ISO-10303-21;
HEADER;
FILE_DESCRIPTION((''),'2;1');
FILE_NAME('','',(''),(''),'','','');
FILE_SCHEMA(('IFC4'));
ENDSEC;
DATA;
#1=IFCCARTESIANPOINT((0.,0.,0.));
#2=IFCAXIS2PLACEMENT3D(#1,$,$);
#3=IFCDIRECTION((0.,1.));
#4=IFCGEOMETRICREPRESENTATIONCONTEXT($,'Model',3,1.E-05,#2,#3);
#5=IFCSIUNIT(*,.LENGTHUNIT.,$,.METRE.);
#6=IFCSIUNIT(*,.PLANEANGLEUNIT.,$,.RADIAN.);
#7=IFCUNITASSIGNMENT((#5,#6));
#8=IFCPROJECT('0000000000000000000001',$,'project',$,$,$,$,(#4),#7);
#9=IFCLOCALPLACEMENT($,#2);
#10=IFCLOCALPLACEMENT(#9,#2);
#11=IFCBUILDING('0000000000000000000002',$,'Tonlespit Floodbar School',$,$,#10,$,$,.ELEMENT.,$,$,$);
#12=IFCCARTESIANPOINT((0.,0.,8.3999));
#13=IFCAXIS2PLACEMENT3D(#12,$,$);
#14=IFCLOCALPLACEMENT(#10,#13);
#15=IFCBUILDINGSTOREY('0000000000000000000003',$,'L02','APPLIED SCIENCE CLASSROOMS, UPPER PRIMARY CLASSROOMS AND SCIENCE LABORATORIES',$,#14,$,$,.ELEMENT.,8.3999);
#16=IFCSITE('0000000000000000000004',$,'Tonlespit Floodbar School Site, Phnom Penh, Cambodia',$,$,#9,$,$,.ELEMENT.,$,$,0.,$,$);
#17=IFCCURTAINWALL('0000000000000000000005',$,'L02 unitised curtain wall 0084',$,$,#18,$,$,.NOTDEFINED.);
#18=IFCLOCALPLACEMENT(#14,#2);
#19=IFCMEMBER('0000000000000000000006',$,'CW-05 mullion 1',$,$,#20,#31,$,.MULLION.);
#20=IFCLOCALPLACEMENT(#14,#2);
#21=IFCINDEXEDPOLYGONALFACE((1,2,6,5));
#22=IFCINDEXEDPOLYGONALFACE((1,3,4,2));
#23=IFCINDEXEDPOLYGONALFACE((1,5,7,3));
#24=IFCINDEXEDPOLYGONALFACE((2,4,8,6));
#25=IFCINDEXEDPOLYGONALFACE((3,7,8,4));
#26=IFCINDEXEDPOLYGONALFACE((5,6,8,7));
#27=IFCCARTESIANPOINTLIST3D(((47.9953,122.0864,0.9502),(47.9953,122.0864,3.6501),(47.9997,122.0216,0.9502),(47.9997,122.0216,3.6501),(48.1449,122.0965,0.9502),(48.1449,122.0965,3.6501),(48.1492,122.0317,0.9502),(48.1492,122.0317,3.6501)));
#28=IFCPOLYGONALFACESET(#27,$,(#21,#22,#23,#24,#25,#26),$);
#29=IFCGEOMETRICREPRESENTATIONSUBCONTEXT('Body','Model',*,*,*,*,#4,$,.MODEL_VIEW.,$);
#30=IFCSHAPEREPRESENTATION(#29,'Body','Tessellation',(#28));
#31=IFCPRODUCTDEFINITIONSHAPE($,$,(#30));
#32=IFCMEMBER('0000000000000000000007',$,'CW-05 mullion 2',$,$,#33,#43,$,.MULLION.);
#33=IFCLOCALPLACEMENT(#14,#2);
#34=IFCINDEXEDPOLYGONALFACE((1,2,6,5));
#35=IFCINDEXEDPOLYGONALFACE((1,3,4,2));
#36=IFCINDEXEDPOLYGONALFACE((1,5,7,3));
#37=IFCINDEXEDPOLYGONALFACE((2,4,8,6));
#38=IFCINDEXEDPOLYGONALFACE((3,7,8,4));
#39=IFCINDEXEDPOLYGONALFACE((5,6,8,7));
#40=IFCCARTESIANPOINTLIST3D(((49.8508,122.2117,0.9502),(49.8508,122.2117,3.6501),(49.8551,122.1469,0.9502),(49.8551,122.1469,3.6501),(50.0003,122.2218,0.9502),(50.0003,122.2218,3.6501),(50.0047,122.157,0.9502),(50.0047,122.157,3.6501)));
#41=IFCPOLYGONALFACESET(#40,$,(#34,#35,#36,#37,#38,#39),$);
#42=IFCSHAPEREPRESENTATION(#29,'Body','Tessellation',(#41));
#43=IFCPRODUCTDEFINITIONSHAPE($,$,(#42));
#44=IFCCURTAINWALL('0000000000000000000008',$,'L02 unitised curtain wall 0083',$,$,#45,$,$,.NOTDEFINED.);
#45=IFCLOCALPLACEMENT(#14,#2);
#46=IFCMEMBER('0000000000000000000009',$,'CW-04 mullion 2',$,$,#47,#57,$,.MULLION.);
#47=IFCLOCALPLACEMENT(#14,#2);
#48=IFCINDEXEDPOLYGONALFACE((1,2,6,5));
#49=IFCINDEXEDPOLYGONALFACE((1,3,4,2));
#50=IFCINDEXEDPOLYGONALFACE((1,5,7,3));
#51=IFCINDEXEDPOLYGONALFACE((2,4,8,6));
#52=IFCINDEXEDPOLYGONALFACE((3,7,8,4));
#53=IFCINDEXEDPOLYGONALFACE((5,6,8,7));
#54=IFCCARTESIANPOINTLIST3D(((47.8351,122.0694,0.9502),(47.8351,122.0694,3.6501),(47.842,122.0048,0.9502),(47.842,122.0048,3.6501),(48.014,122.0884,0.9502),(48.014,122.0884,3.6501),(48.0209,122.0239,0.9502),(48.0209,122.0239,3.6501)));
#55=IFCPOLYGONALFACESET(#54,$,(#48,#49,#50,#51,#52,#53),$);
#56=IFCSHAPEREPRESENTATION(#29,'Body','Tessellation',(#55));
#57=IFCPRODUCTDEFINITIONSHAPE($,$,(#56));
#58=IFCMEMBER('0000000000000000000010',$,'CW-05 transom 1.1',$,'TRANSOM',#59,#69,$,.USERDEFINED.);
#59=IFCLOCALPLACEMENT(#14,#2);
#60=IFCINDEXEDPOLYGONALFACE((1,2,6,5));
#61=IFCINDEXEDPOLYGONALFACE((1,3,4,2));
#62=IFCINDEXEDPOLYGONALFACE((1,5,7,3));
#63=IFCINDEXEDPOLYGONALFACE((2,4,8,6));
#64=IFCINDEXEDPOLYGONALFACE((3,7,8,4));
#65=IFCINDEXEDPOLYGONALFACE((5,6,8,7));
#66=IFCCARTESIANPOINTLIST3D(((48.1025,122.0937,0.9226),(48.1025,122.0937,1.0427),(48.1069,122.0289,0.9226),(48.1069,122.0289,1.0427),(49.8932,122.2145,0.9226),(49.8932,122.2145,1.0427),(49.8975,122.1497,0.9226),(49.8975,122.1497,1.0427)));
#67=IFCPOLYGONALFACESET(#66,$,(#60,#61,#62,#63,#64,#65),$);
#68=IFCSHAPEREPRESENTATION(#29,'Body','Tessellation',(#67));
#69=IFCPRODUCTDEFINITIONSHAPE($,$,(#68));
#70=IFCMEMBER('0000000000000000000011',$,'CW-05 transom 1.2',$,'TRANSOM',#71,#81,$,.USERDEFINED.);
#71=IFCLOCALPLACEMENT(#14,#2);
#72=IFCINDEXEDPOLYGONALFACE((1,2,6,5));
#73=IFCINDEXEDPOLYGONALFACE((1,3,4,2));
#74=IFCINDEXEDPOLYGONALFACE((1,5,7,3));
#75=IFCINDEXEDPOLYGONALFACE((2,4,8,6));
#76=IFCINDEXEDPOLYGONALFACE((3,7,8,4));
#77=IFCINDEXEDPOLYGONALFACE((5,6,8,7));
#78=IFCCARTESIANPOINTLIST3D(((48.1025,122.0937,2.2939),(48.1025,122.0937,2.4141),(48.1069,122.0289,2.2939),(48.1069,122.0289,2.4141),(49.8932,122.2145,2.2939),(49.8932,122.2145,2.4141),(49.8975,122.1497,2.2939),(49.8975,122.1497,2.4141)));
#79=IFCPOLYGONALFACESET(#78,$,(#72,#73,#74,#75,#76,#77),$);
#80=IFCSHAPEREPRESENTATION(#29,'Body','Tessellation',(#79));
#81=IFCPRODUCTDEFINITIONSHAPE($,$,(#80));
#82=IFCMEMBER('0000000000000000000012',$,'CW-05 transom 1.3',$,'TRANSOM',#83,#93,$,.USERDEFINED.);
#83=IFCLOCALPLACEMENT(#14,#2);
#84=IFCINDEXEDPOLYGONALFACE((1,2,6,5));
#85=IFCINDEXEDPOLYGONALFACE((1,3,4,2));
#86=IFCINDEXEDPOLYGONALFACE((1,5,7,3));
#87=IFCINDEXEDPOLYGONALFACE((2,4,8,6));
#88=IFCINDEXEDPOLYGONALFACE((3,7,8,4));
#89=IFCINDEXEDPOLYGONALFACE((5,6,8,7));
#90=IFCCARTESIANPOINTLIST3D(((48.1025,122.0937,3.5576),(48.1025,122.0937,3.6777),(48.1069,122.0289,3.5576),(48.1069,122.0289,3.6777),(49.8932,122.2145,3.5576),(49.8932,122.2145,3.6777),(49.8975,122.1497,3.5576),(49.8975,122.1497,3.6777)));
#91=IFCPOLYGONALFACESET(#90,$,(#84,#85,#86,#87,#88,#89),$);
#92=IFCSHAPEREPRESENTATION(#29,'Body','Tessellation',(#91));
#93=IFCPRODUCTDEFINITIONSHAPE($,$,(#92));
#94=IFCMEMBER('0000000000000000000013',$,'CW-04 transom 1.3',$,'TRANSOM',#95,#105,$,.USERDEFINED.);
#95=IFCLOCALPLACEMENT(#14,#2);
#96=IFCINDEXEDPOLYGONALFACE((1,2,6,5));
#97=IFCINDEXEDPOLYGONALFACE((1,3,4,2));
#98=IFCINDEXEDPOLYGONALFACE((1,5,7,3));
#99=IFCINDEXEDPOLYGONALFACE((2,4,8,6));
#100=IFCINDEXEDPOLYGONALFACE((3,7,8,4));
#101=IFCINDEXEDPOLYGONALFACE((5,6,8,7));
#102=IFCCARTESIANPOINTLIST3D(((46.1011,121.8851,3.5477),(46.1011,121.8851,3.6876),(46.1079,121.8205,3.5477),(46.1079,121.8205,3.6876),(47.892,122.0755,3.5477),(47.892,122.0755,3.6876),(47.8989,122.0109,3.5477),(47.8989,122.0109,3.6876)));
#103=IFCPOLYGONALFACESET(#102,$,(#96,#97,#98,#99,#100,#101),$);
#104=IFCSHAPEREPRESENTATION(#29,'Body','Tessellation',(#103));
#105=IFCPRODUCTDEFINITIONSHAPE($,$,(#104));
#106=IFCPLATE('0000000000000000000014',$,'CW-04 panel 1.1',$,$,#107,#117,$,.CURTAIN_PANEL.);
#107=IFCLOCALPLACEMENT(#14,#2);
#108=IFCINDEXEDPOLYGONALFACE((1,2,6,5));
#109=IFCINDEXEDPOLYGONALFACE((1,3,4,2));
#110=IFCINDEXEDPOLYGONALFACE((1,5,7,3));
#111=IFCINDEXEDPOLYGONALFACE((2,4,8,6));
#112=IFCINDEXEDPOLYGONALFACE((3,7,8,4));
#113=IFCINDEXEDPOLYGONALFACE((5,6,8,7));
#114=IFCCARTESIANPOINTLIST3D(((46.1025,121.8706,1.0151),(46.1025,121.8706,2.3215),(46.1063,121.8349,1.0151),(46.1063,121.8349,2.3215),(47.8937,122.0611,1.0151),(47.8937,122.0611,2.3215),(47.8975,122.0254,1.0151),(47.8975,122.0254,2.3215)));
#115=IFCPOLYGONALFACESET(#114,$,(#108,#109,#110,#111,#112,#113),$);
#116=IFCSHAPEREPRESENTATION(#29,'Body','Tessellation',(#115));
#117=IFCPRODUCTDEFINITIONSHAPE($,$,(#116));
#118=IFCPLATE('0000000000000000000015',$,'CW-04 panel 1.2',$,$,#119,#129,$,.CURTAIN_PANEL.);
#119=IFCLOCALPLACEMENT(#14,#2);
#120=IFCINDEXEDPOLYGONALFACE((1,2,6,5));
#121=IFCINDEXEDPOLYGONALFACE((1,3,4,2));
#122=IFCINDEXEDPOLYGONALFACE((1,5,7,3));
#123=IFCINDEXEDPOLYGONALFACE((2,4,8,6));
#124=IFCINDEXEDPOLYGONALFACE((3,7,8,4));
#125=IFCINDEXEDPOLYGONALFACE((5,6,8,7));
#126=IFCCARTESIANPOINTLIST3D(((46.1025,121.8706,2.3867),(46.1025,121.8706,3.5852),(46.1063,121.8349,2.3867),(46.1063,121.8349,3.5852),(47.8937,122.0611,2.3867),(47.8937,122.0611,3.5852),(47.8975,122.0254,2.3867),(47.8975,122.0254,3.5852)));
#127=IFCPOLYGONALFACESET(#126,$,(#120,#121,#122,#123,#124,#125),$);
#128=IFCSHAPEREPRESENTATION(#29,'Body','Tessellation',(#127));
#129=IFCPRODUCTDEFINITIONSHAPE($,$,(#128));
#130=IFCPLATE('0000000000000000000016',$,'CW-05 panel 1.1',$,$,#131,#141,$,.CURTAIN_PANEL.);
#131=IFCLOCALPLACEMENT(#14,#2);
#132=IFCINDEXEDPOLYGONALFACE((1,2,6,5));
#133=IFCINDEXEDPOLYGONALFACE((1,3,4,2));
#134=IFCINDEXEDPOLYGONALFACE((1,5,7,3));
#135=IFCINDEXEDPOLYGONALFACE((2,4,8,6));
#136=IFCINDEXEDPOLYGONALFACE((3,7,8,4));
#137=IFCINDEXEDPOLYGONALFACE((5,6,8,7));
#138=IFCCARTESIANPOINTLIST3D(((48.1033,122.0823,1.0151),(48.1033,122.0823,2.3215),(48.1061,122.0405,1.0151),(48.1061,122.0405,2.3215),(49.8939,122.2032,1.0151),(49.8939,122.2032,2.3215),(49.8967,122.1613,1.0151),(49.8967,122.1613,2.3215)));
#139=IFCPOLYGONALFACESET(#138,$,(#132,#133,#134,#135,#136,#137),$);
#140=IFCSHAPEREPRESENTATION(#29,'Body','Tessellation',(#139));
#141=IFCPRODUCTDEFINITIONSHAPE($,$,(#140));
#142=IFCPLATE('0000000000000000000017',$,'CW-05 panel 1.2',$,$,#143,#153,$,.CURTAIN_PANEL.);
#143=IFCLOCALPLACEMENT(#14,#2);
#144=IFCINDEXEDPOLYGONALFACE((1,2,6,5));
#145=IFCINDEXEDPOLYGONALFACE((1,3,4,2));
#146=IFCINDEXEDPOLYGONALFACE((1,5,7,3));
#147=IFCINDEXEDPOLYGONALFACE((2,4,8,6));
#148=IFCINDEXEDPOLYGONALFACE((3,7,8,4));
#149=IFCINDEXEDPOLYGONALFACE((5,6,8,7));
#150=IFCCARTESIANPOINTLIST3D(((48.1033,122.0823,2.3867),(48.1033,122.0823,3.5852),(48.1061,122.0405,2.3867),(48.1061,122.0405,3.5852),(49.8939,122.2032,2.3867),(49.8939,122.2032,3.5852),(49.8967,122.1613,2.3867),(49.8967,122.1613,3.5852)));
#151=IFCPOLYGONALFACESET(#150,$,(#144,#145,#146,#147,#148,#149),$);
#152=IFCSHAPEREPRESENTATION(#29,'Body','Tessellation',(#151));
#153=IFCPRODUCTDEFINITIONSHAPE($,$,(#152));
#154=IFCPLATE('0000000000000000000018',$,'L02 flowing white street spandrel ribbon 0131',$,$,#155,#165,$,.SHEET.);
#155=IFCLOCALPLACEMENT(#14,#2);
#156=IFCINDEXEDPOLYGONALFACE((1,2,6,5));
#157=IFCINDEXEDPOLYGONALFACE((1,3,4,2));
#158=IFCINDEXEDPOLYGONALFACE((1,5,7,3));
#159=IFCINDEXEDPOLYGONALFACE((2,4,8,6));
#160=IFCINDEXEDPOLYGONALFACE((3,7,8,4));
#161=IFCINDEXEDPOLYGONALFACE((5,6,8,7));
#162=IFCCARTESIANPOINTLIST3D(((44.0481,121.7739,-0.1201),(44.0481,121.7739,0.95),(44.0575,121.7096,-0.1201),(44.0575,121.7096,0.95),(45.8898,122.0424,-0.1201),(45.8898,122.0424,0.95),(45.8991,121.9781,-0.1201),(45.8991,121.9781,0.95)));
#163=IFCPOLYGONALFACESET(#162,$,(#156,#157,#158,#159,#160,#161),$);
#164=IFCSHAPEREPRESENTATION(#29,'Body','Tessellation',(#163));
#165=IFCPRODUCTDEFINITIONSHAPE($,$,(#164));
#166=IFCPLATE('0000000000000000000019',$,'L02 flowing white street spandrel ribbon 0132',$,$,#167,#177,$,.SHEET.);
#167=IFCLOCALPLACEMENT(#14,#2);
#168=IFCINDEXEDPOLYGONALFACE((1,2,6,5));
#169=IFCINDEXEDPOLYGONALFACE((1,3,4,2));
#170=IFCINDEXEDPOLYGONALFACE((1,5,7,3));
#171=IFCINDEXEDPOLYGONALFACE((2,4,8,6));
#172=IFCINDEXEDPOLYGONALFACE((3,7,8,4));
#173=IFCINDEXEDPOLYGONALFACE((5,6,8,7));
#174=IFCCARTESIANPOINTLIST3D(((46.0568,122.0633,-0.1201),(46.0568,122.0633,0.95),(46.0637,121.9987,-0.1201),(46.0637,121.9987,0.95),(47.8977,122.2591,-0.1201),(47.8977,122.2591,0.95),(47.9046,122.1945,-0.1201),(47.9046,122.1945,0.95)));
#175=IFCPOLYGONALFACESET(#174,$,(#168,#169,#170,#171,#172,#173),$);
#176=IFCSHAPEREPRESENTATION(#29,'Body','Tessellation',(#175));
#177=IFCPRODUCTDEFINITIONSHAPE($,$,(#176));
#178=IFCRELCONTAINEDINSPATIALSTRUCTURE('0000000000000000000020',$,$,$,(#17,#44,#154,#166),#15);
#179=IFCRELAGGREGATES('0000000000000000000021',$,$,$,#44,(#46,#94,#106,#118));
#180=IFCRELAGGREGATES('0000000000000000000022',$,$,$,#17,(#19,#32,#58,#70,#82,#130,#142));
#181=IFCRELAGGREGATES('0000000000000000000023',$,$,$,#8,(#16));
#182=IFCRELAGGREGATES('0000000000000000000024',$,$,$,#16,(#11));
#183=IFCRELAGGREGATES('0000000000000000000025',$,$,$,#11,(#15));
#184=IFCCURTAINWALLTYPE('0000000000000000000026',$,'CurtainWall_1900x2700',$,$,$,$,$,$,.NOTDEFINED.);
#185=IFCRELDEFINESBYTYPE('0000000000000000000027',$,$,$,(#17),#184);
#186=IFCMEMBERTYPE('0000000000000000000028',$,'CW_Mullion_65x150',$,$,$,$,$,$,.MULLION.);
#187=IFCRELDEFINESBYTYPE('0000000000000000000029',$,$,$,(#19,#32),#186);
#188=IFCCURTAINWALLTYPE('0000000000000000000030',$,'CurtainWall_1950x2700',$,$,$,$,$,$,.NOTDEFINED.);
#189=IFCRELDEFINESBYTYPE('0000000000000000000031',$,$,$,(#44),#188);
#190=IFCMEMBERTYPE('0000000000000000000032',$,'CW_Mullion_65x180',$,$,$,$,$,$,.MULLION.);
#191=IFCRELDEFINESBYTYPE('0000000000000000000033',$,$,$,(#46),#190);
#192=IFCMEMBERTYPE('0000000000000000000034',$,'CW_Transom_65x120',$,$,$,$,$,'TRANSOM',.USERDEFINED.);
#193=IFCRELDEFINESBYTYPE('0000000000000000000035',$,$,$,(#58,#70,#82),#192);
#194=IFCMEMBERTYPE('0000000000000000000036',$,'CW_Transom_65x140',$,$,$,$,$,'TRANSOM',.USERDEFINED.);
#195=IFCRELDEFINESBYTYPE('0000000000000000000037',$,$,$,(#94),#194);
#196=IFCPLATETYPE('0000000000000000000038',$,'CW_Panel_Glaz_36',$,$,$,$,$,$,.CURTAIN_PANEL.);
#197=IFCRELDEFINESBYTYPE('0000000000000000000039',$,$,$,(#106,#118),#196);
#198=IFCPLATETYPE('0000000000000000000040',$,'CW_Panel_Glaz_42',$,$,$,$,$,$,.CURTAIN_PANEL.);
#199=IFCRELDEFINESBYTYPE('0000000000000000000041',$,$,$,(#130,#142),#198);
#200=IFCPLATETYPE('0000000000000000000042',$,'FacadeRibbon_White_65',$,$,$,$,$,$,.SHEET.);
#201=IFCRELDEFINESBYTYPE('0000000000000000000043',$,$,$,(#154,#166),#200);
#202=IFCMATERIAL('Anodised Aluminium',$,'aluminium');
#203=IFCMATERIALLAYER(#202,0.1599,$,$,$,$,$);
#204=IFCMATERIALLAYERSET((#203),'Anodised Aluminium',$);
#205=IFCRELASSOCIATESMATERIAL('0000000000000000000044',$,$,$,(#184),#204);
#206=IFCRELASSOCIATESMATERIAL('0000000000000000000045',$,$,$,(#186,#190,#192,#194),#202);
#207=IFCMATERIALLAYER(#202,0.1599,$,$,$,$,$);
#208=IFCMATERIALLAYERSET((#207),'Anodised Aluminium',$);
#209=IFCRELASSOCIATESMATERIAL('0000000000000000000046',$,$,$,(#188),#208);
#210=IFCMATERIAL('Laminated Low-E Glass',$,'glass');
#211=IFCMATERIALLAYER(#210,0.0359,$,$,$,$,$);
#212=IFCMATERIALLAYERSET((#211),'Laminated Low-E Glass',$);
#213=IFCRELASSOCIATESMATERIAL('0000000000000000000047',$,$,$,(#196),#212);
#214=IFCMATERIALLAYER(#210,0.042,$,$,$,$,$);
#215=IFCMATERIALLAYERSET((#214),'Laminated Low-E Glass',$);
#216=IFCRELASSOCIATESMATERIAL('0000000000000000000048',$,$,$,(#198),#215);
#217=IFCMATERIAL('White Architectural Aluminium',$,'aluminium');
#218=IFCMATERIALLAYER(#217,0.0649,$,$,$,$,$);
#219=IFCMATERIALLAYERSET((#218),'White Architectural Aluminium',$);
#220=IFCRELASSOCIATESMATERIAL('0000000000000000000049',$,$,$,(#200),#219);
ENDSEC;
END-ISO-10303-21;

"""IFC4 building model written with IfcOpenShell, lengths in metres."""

from ifc_helpers import new_model, si_unit, direction, frame, origin, origin_2d, place, context, subcontext, project, spatial, rectangle, extrude, material, layer, layer_set, material_profile, profile_set, type_object, element, aggregate, save


model = new_model("IFC4")

# Units and contexts
model_context = context("Model", 3, precision=1e-05, world=origin(), true_north=direction((0.0, 1.0)))
body_context = subcontext(model_context, "Body", "Model", "MODEL_VIEW")
ifc_project = project(units=[si_unit("LENGTHUNIT", "METRE"), si_unit("PLANEANGLEUNIT", "RADIAN")], contexts=[model_context])

# Site, building, storey
site_placement = place(None, origin())
site = spatial("IfcSite", under=ifc_project, at=site_placement, Name="Tonlespit Floodbar School Site, Phnom Penh, Cambodia", CompositionType="ELEMENT", RefElevation=0.0)
building_placement = place(site_placement, origin())
building = spatial("IfcBuilding", under=site, at=building_placement, Name="Tonlespit Floodbar School", CompositionType="ELEMENT")
storey_placement = place(building_placement, frame((0.0, 0.0, 8.3999)))
storey = spatial("IfcBuildingStorey", under=building, at=storey_placement, Name="L02", Description="APPLIED SCIENCE CLASSROOMS, UPPER PRIMARY CLASSROOMS AND SCIENCE LABORATORIES", CompositionType="ELEMENT", Elevation=8.3999)

# Curtain wall, members
ifc_material_1 = material(Name="Anodised Aluminium", Category="aluminium")
ifc_layer_1 = layer(ifc_material_1, 0.1599)
ifc_layer_set_1 = layer_set([ifc_layer_1], Name="Anodised Aluminium")
curtain_wall_type_1 = type_object("IfcCurtainWallType", Name="CurtainWall_1900x2700", PredefinedType="NOTDEFINED", material=ifc_layer_set_1)
curtain_wall_1_placement = place(storey_placement, origin())
curtain_wall_1 = element("IfcCurtainWall", 1, at=curtain_wall_1_placement, inside=storey, type_object=curtain_wall_type_1, Name="L02 unitised curtain wall 0084", PredefinedType="NOTDEFINED")
ifc_material_profile_1 = material_profile(ifc_material_1, rectangle(XDim=0.0649, YDim=0.1499, at=origin_2d()), Name="ALU M65x150")
ifc_profile_set_1 = profile_set([ifc_material_profile_1], Name="Anodised Aluminium")
member_type_1 = type_object("IfcMemberType", Name="CW_Mullion_65x150", PredefinedType="MULLION", material=ifc_profile_set_1)
member_1_placement = place(storey_placement, frame((48.0723, 122.0591, 0.9502), z_axis=(0.0, 0.0, 1.0), x_axis=(-0.06734, 0.99773, 0.0)))
member_1 = element("IfcMember", 2, at=member_1_placement, type_object=member_type_1, Name="CW-05 mullion 1", PredefinedType="MULLION", context=body_context, shape_type="SweptSolid", body=[
    extrude(rectangle(XDim=0.0649, YDim=0.1499, at=origin_2d()), origin(), (0.0, 0.0, 1.0), 2.7),
])
member_2_placement = place(storey_placement, frame((49.9277, 122.1843, 0.9502), z_axis=(0.0, 0.0, 1.0), x_axis=(-0.06734, 0.99773, 0.0)))
member_2 = element("IfcMember", 3, at=member_2_placement, type_object=member_type_1, Name="CW-05 mullion 2", PredefinedType="MULLION", context=body_context, shape_type="SweptSolid", body=[
    extrude(rectangle(XDim=0.0649, YDim=0.1499, at=origin_2d()), origin(), (0.0, 0.0, 1.0), 2.7),
])

# Curtain wall, member
ifc_layer_2 = layer(ifc_material_1, 0.1599)
ifc_layer_set_2 = layer_set([ifc_layer_2], Name="Anodised Aluminium")
curtain_wall_type_2 = type_object("IfcCurtainWallType", Name="CurtainWall_1950x2700", PredefinedType="NOTDEFINED", material=ifc_layer_set_2)
curtain_wall_2_placement = place(storey_placement, origin())
curtain_wall_2 = element("IfcCurtainWall", 4, at=curtain_wall_2_placement, inside=storey, type_object=curtain_wall_type_2, Name="L02 unitised curtain wall 0083", PredefinedType="NOTDEFINED")
ifc_material_profile_2 = material_profile(ifc_material_1, rectangle(XDim=0.0649, YDim=0.1799, at=origin_2d()), Name="ALU M65x180")
ifc_profile_set_2 = profile_set([ifc_material_profile_2], Name="Anodised Aluminium")
member_type_2 = type_object("IfcMemberType", Name="CW_Mullion_65x180", PredefinedType="MULLION", material=ifc_profile_set_2)
member_3_placement = place(storey_placement, frame((47.928, 122.0466, 0.9502), z_axis=(0.0, 0.0, 1.0), x_axis=(-0.105787, 0.994389, 0.0)))
member_3 = element("IfcMember", 5, at=member_3_placement, type_object=member_type_2, Name="CW-04 mullion 2", PredefinedType="MULLION", context=body_context, shape_type="SweptSolid", body=[
    extrude(rectangle(XDim=0.0649, YDim=0.1799, at=origin_2d()), origin(), (0.0, 0.0, 1.0), 2.7),
])

# Members
ifc_material_profile_3 = material_profile(ifc_material_1, rectangle(XDim=0.0649, YDim=0.1201, at=origin_2d()), Name="ALU T65x120")
ifc_profile_set_3 = profile_set([ifc_material_profile_3], Name="Anodised Aluminium")
member_type_3 = type_object("IfcMemberType", Name="CW_Transom_65x120", ElementType="TRANSOM", PredefinedType="USERDEFINED", material=ifc_profile_set_3)
member_4_placement = place(storey_placement, frame((48.1047, 122.0613, 0.9827), z_axis=(0.99773, 0.067341, 0.0), x_axis=(-0.067341, 0.99773, 0.0)))
member_4 = element("IfcMember", 6, at=member_4_placement, type_object=member_type_3, Name="CW-05 transom 1.1", ObjectType="TRANSOM", PredefinedType="USERDEFINED", context=body_context, shape_type="SweptSolid", body=[
    extrude(rectangle(XDim=0.0649, YDim=0.1201, at=origin_2d()), origin(), (0.0, 0.0, 1.0), 1.7947),
])
member_5_placement = place(storey_placement, frame((48.1047, 122.0613, 2.354), z_axis=(0.99773, 0.067341, 0.0), x_axis=(-0.067341, 0.99773, 0.0)))
member_5 = element("IfcMember", 7, at=member_5_placement, type_object=member_type_3, Name="CW-05 transom 1.2", ObjectType="TRANSOM", PredefinedType="USERDEFINED", context=body_context, shape_type="SweptSolid", body=[
    extrude(rectangle(XDim=0.0649, YDim=0.1201, at=origin_2d()), origin(), (0.0, 0.0, 1.0), 1.7947),
])
member_6_placement = place(storey_placement, frame((48.1047, 122.0613, 3.6177), z_axis=(0.99773, 0.067341, 0.0), x_axis=(-0.067341, 0.99773, 0.0)))
member_6 = element("IfcMember", 8, at=member_6_placement, type_object=member_type_3, Name="CW-05 transom 1.3", ObjectType="TRANSOM", PredefinedType="USERDEFINED", context=body_context, shape_type="SweptSolid", body=[
    extrude(rectangle(XDim=0.0649, YDim=0.1201, at=origin_2d()), origin(), (0.0, 0.0, 1.0), 1.7947),
])
ifc_material_profile_4 = material_profile(ifc_material_1, rectangle(XDim=0.0649, YDim=0.1399, at=origin_2d()), Name="ALU T65x140")
ifc_profile_set_4 = profile_set([ifc_material_profile_4], Name="Anodised Aluminium")
member_type_4 = type_object("IfcMemberType", Name="CW_Transom_65x140", ElementType="TRANSOM", PredefinedType="USERDEFINED", material=ifc_profile_set_4)
member_7_placement = place(storey_placement, frame((46.1045, 121.8528, 3.6177), z_axis=(0.994395, 0.105729, 0.0), x_axis=(-0.105729, 0.994395, 0.0)))
member_7 = element("IfcMember", 9, at=member_7_placement, type_object=member_type_4, Name="CW-04 transom 1.3", ObjectType="TRANSOM", PredefinedType="USERDEFINED", context=body_context, shape_type="SweptSolid", body=[
    extrude(rectangle(XDim=0.0649, YDim=0.1399, at=origin_2d()), origin(), (0.0, 0.0, 1.0), 1.801),
])

# Plates
ifc_material_2 = material(Name="Laminated Low-E Glass", Category="glass")
ifc_layer_3 = layer(ifc_material_2, 0.0359)
ifc_layer_set_3 = layer_set([ifc_layer_3], Name="Laminated Low-E Glass")
plate_type_1 = type_object("IfcPlateType", Name="CW_Panel_Glaz_36", PredefinedType="CURTAIN_PANEL", material=ifc_layer_set_3)
plate_1_placement = place(storey_placement, frame((47.0, 121.948, 1.0151), z_axis=(0.0, 0.0, 1.0), x_axis=(0.994389, 0.105787, 0.0)))
plate_1 = element("IfcPlate", 10, at=plate_1_placement, type_object=plate_type_1, Name="CW-04 panel 1.1", PredefinedType="CURTAIN_PANEL", context=body_context, shape_type="SweptSolid", body=[
    extrude(rectangle(XDim=1.8013, YDim=0.0359, at=origin_2d()), origin(), (0.0, 0.0, 1.0), 1.3064),
])
plate_2_placement = place(storey_placement, frame((47.0, 121.948, 2.3867), z_axis=(0.0, 0.0, 1.0), x_axis=(0.994389, 0.105787, 0.0)))
plate_2 = element("IfcPlate", 11, at=plate_2_placement, type_object=plate_type_1, Name="CW-04 panel 1.2", PredefinedType="CURTAIN_PANEL", context=body_context, shape_type="SweptSolid", body=[
    extrude(rectangle(XDim=1.8013, YDim=0.0359, at=origin_2d()), origin(), (0.0, 0.0, 1.0), 1.1985),
])
aggregate(curtain_wall_2, [member_3, member_7, plate_1, plate_2])
ifc_layer_4 = layer(ifc_material_2, 0.042)
ifc_layer_set_4 = layer_set([ifc_layer_4], Name="Laminated Low-E Glass")
plate_type_2 = type_object("IfcPlateType", Name="CW_Panel_Glaz_42", PredefinedType="CURTAIN_PANEL", material=ifc_layer_set_4)
plate_3_placement = place(storey_placement, frame((49.0, 122.1218, 1.0151), z_axis=(0.0, 0.0, 1.0), x_axis=(0.99773, 0.06734, 0.0)))
plate_3 = element("IfcPlate", 12, at=plate_3_placement, type_object=plate_type_2, Name="CW-05 panel 1.1", PredefinedType="CURTAIN_PANEL", context=body_context, shape_type="SweptSolid", body=[
    extrude(rectangle(XDim=1.7947, YDim=0.042, at=origin_2d()), origin(), (0.0, 0.0, 1.0), 1.3064),
])
plate_4_placement = place(storey_placement, frame((49.0, 122.1218, 2.3867), z_axis=(0.0, 0.0, 1.0), x_axis=(0.99773, 0.06734, 0.0)))
plate_4 = element("IfcPlate", 13, at=plate_4_placement, type_object=plate_type_2, Name="CW-05 panel 1.2", PredefinedType="CURTAIN_PANEL", context=body_context, shape_type="SweptSolid", body=[
    extrude(rectangle(XDim=1.7947, YDim=0.042, at=origin_2d()), origin(), (0.0, 0.0, 1.0), 1.1985),
])
aggregate(curtain_wall_1, [member_1, member_2, member_4, member_5, member_6, plate_3, plate_4])

# Plates
ifc_material_3 = material(Name="White Architectural Aluminium", Category="aluminium")
ifc_layer_5 = layer(ifc_material_3, 0.0649)
ifc_layer_set_5 = layer_set([ifc_layer_5], Name="White Architectural Aluminium")
plate_type_3 = type_object("IfcPlateType", Name="FacadeRibbon_White_65", PredefinedType="SHEET", material=ifc_layer_set_5)
plate_5_placement = place(storey_placement, frame((44.9736, 121.876, -0.1201), z_axis=(0.0, 0.0, 1.0), x_axis=(0.989538, 0.144275, 0.0)))
element("IfcPlate", 14, at=plate_5_placement, inside=storey, type_object=plate_type_3, Name="L02 flowing white street spandrel ribbon 0131", PredefinedType="SHEET", context=body_context, shape_type="SweptSolid", body=[
    extrude(rectangle(XDim=1.8611, YDim=0.0649, at=origin_2d()), origin(), (0.0, 0.0, 1.0), 1.0701),
])
plate_6_placement = place(storey_placement, frame((46.9807, 122.1289, -0.1201), z_axis=(0.0, 0.0, 1.0), x_axis=(0.994392, 0.105754, 0.0)))
element("IfcPlate", 15, at=plate_6_placement, inside=storey, type_object=plate_type_3, Name="L02 flowing white street spandrel ribbon 0132", PredefinedType="SHEET", context=body_context, shape_type="SweptSolid", body=[
    extrude(rectangle(XDim=1.8513, YDim=0.0649, at=origin_2d()), origin(), (0.0, 0.0, 1.0), 1.0701),
])

save(model, "model.ifc")
